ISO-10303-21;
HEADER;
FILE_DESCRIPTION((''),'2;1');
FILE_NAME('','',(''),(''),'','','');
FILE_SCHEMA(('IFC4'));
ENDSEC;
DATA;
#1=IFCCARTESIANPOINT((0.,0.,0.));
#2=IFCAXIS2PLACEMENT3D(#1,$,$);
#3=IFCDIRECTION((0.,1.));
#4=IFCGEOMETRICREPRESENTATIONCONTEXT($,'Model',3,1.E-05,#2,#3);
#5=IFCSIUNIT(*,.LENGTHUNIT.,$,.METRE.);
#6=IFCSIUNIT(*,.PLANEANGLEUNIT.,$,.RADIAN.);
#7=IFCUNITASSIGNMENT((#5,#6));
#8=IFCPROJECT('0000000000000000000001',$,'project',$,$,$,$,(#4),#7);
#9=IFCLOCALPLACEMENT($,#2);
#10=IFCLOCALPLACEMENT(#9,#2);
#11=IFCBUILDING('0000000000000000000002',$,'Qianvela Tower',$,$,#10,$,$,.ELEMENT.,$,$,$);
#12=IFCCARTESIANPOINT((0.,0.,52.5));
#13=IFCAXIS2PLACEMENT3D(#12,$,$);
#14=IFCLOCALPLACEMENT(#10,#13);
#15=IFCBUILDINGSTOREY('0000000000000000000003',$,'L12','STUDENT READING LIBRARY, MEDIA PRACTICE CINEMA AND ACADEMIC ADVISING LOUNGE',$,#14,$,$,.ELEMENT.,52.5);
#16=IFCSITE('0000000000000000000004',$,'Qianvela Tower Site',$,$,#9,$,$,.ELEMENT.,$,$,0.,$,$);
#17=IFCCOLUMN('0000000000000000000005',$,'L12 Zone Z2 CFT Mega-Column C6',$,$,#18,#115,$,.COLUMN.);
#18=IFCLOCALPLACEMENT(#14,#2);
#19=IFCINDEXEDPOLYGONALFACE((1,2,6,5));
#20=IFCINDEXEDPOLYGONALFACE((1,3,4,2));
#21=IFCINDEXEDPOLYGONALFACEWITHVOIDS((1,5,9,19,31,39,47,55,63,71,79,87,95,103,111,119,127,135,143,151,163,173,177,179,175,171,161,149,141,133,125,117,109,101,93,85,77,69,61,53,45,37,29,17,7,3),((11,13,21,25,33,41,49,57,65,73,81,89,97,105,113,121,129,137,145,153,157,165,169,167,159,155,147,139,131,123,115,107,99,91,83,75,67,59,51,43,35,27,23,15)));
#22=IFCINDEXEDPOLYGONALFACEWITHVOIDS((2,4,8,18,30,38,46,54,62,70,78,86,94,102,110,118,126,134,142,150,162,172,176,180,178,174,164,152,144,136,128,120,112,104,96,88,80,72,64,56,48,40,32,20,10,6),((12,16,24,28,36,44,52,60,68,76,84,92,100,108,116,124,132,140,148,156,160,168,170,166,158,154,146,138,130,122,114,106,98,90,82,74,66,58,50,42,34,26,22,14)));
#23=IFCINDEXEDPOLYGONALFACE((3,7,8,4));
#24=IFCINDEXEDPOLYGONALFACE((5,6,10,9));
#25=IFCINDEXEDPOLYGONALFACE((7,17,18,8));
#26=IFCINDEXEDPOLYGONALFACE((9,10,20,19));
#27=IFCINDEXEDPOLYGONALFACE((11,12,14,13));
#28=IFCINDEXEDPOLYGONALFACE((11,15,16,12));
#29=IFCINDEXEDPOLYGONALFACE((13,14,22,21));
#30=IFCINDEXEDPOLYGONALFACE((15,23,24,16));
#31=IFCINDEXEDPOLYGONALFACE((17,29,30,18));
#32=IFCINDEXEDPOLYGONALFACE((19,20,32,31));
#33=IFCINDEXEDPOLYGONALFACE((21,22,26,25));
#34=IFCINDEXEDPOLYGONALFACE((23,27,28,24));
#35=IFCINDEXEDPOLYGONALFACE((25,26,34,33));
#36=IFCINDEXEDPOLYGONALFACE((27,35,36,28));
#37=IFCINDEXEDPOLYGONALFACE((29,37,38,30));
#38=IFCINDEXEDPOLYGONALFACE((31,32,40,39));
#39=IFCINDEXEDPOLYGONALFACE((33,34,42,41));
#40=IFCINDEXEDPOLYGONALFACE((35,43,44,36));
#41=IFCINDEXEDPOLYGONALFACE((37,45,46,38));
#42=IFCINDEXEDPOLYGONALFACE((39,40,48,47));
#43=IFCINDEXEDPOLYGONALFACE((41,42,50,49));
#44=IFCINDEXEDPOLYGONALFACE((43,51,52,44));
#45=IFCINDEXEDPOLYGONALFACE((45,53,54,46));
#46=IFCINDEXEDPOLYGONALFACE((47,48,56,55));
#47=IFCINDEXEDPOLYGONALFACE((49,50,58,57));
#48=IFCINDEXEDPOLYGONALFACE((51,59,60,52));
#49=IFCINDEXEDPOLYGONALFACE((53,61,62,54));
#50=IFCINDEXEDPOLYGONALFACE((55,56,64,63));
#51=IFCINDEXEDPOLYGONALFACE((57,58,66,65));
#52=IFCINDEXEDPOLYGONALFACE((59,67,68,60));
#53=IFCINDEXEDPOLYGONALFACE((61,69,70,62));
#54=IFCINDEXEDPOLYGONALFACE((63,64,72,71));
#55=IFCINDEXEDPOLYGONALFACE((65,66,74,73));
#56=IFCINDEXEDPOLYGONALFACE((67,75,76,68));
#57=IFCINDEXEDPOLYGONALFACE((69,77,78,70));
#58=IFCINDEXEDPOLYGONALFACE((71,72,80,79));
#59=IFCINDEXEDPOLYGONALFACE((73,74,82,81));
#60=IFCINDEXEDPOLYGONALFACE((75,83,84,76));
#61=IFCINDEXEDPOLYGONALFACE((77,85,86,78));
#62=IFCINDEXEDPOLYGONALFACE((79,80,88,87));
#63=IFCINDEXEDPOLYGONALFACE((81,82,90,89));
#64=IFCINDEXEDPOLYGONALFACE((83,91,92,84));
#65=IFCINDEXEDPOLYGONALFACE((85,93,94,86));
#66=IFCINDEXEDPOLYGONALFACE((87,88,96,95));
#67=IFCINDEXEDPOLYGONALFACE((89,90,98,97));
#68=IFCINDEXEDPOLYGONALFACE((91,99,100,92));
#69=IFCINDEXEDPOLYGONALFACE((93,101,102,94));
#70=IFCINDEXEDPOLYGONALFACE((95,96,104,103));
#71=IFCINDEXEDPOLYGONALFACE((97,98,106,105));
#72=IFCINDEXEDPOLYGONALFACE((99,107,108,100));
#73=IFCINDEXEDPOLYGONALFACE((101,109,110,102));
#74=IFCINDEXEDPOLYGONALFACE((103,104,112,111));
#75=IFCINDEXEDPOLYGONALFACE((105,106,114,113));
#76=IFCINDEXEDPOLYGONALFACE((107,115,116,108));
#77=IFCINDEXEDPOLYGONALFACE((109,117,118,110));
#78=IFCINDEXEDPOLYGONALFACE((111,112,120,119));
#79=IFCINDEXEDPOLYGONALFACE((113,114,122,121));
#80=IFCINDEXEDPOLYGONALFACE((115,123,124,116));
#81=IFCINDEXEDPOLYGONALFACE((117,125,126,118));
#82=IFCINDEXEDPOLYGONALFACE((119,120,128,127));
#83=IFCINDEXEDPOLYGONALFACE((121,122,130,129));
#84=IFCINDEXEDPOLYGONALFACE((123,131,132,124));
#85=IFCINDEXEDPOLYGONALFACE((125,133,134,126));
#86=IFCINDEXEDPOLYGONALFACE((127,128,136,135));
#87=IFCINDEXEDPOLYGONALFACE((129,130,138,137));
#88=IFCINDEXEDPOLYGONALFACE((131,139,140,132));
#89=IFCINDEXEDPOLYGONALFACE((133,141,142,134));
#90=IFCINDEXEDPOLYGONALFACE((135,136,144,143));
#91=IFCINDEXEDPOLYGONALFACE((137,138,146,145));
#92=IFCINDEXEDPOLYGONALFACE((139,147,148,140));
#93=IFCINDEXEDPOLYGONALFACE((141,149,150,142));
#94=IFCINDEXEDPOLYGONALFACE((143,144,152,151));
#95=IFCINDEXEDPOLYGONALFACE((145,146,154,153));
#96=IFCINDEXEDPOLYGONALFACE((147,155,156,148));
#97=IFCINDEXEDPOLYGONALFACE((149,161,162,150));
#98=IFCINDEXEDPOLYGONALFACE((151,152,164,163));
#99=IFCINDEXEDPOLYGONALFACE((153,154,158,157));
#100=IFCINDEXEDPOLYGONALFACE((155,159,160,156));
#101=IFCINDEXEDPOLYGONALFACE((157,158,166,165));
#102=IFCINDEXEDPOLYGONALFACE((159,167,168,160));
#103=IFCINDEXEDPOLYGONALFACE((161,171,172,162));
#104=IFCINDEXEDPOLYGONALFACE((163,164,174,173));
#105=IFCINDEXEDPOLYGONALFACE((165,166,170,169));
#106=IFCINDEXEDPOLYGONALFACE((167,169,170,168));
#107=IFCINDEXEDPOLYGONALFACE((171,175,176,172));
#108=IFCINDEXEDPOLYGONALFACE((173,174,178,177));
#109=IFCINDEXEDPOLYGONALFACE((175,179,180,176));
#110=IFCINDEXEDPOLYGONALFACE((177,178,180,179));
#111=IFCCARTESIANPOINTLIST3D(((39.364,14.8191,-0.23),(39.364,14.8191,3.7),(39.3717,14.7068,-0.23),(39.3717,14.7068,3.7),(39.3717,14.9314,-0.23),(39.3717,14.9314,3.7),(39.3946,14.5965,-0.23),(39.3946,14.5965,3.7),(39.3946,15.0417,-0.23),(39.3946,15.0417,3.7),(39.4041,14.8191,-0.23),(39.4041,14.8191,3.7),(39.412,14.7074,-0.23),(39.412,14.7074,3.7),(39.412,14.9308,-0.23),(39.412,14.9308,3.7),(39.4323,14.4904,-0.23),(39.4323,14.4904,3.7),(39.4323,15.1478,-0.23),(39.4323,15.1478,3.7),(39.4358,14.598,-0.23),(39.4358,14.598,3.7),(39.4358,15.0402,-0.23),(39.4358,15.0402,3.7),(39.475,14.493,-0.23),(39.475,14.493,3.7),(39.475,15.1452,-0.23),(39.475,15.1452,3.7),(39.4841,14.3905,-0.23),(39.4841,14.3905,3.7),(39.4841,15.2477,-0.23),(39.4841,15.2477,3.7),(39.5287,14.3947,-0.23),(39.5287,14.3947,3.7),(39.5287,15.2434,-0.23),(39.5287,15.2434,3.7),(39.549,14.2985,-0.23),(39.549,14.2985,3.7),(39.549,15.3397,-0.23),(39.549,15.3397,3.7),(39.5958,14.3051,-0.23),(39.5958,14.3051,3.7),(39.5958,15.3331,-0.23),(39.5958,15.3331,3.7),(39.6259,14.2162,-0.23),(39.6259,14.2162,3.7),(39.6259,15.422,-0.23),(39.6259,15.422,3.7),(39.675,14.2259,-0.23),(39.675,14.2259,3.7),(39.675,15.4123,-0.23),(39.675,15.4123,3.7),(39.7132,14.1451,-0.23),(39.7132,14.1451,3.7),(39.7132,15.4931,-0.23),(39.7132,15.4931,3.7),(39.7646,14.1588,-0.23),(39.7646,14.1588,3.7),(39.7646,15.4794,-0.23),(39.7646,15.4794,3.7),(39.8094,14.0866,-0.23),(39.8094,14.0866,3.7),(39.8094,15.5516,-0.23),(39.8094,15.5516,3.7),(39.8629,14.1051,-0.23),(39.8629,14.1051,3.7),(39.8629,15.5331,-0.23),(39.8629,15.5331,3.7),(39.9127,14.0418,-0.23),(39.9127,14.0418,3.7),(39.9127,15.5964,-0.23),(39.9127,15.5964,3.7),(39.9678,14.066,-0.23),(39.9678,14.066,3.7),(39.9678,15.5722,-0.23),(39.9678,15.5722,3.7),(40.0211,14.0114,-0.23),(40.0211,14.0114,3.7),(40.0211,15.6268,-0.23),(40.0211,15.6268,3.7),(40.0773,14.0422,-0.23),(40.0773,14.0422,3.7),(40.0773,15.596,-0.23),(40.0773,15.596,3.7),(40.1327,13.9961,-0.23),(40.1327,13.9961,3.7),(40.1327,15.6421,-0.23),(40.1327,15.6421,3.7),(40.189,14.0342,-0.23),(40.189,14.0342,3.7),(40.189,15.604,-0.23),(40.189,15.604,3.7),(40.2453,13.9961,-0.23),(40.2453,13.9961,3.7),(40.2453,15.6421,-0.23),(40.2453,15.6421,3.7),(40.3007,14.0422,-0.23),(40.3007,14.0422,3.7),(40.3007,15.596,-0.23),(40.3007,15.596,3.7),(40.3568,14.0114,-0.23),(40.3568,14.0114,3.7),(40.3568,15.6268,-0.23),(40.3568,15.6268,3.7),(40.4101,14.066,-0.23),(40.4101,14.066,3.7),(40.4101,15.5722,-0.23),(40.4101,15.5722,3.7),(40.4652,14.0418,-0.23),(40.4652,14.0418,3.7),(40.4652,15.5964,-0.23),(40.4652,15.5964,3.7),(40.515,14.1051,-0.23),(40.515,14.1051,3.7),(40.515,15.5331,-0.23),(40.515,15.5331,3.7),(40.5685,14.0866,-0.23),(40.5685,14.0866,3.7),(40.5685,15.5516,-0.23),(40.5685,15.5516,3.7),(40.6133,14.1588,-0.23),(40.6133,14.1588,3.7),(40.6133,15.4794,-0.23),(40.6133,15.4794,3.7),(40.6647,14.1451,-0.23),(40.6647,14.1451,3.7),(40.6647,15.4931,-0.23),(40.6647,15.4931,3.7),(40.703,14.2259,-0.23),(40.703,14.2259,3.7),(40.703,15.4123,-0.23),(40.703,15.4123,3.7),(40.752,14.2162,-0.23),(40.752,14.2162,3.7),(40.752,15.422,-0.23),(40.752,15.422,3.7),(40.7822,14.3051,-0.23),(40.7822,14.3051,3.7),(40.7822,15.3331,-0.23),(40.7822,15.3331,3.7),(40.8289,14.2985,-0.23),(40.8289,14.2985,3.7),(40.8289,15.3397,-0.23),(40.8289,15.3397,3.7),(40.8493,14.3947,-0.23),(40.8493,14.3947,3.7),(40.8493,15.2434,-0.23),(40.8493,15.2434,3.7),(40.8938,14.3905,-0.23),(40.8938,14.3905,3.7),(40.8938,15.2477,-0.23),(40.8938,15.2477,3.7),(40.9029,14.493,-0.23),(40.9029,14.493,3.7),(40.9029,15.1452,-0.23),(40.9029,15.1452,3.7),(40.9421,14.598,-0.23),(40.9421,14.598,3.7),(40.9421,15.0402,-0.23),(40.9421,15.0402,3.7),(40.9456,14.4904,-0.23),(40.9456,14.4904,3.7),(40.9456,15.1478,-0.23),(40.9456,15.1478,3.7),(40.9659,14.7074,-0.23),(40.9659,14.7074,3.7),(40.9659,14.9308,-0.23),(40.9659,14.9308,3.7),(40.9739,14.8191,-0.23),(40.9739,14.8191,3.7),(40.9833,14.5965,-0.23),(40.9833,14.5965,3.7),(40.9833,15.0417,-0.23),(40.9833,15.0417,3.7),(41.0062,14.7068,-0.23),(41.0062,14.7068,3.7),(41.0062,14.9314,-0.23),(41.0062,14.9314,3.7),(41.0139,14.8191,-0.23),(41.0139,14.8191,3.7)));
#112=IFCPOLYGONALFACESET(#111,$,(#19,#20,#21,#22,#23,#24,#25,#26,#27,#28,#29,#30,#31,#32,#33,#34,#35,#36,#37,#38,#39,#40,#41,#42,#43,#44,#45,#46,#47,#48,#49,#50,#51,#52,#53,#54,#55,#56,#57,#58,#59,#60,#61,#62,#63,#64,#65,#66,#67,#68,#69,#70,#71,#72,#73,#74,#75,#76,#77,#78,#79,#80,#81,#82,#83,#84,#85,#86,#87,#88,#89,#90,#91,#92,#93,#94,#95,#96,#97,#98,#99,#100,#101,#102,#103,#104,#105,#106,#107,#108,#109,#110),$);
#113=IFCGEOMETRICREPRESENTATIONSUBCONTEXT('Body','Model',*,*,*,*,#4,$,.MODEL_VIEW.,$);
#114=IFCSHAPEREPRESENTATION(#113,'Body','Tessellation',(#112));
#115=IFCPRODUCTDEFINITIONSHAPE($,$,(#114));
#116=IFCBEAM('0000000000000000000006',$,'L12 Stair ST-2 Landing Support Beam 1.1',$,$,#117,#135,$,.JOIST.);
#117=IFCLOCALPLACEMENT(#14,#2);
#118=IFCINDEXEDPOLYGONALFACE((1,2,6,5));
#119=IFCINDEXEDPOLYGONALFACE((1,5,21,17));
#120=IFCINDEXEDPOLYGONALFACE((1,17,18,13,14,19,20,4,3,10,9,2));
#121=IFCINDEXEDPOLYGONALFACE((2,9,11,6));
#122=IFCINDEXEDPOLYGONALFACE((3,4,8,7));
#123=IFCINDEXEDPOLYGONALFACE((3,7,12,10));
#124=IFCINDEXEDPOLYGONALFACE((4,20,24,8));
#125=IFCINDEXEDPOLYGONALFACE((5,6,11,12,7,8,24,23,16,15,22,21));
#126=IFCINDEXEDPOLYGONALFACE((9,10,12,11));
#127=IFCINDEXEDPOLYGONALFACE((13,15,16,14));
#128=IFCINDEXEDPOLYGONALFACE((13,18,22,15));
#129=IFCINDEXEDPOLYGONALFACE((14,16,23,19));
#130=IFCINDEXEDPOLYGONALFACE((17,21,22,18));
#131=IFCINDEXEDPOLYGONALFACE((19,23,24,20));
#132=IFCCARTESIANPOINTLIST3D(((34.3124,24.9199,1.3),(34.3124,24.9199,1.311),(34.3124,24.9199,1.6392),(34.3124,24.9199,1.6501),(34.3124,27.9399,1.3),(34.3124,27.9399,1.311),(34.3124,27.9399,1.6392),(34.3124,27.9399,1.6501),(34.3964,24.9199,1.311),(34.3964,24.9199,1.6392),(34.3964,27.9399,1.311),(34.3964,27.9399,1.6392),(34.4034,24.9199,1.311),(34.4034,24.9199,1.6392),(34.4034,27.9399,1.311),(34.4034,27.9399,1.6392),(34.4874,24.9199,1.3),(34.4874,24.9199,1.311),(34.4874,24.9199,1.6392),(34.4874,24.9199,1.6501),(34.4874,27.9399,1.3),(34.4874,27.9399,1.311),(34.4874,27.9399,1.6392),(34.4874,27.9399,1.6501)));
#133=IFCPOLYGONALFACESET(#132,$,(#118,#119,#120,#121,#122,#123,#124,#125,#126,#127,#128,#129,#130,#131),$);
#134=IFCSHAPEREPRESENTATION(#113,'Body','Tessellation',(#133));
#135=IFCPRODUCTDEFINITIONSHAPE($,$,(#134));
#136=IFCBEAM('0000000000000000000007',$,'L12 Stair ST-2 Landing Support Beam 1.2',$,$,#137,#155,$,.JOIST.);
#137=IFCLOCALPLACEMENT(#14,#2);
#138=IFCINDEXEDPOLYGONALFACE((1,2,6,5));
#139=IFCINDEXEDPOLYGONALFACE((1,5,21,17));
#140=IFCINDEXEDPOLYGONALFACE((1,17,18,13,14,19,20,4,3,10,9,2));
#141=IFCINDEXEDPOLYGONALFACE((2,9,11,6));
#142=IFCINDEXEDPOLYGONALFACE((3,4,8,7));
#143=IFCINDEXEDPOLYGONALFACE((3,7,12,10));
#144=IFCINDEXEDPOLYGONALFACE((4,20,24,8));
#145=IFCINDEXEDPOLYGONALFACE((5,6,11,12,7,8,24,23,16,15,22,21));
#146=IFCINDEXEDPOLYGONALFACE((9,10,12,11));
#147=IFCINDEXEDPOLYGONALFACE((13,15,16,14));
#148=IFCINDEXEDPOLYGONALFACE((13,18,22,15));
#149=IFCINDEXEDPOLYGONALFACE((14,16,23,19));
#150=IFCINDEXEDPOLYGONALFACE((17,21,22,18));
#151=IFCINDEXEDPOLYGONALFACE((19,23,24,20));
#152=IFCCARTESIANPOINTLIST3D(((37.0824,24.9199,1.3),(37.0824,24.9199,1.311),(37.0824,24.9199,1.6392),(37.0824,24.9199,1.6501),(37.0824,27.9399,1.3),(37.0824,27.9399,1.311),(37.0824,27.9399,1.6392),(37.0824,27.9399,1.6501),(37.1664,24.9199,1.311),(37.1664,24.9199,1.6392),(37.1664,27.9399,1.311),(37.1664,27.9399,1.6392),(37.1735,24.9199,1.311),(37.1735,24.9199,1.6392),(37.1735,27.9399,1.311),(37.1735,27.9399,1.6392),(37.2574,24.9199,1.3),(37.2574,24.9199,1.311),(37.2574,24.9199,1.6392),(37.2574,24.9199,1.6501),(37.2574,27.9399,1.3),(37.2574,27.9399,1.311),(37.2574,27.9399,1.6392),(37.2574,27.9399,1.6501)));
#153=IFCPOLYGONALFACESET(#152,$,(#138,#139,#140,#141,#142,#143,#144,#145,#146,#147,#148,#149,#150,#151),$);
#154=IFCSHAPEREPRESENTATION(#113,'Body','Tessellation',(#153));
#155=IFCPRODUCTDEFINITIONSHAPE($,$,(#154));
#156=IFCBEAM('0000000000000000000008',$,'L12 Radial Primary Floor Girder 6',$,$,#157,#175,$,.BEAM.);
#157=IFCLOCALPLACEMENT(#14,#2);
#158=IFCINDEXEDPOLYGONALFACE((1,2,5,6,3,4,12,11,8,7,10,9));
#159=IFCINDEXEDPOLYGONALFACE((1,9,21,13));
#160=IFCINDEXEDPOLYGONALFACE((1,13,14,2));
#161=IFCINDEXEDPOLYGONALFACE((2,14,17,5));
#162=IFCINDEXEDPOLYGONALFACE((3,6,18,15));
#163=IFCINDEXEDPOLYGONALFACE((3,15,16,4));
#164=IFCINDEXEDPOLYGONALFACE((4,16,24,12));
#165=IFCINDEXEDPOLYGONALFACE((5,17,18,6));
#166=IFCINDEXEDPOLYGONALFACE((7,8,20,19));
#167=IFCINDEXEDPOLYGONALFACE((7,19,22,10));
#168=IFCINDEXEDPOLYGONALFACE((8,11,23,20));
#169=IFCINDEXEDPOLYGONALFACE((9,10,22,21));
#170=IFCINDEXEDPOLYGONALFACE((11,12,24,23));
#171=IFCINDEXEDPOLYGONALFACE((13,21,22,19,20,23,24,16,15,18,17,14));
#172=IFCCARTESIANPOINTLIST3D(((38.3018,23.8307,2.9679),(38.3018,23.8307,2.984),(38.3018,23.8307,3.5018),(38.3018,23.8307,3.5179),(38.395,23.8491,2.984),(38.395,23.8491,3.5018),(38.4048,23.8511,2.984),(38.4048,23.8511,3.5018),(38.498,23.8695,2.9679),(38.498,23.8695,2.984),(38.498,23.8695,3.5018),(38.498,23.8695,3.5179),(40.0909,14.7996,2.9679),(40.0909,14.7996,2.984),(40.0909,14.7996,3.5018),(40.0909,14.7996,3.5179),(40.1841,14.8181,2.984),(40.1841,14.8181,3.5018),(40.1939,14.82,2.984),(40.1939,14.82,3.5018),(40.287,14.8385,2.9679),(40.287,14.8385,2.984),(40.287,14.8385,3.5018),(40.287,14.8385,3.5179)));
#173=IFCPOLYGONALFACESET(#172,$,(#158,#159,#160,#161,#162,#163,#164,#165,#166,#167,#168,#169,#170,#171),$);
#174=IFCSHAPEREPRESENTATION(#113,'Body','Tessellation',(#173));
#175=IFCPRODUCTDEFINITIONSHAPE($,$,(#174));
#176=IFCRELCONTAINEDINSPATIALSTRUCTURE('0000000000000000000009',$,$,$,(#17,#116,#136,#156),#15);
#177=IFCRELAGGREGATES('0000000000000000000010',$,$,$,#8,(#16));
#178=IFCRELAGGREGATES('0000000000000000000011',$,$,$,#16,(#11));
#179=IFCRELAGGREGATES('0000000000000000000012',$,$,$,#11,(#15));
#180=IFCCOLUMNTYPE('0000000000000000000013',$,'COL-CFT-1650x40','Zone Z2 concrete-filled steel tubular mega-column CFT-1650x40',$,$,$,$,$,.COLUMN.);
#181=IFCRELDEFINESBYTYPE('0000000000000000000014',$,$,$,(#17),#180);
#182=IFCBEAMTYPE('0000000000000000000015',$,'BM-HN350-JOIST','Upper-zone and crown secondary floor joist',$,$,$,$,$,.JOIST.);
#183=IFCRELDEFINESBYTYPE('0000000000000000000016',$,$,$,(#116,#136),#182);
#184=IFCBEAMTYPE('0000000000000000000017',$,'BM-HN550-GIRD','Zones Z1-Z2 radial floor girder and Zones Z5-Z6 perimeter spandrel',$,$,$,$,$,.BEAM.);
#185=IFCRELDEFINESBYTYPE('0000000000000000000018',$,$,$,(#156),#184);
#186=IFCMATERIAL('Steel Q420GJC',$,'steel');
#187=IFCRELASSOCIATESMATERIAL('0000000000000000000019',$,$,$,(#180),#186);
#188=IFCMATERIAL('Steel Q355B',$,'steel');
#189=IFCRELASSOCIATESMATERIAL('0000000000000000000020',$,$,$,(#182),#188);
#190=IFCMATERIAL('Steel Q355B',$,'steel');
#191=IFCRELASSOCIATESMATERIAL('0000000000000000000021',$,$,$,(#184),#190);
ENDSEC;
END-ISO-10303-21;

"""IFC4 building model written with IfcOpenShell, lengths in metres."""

from ifc_helpers import new_model, si_unit, direction, frame, origin, origin_2d, place, context, subcontext, project, spatial, hollow_circle, i_section, extrude, material, material_profile, profile_set, type_object, element, save


model = new_model("IFC4")

# Units and contexts
model_context = context("Model", 3, precision=1e-05, world=origin(), true_north=direction((0.0, 1.0)))
body_context = subcontext(model_context, "Body", "Model", "MODEL_VIEW")
ifc_project = project(units=[si_unit("LENGTHUNIT", "METRE"), si_unit("PLANEANGLEUNIT", "RADIAN")], contexts=[model_context])

# Site, building, storey
site_placement = place(None, origin())
site = spatial("IfcSite", under=ifc_project, at=site_placement, Name="Qianvela Tower Site", CompositionType="ELEMENT", RefElevation=0.0)
building_placement = place(site_placement, origin())
building = spatial("IfcBuilding", under=site, at=building_placement, Name="Qianvela Tower", CompositionType="ELEMENT")
storey_placement = place(building_placement, frame((0.0, 0.0, 52.5)))
storey = spatial("IfcBuildingStorey", under=building, at=storey_placement, Name="L12", Description="STUDENT READING LIBRARY, MEDIA PRACTICE CINEMA AND ACADEMIC ADVISING LOUNGE", CompositionType="ELEMENT", Elevation=52.5)

# Column
ifc_material_1 = material(Name="Steel Q420GJC", Category="steel")
ifc_material_profile_1 = material_profile(ifc_material_1, hollow_circle(Radius=0.825, WallThickness=0.04, at=origin_2d()), Name="CFT-1650x40")
ifc_profile_set_1 = profile_set([ifc_material_profile_1], Name="Steel Q420GJC")
column_type = type_object("IfcColumnType", Name="COL-CFT-1650x40", Description="Zone Z2 concrete-filled steel tubular mega-column CFT-1650x40", PredefinedType="COLUMN", material=ifc_profile_set_1)
column_1_placement = place(storey_placement, frame((40.189, 14.8191, -0.23), z_axis=(0.0, 0.0, 1.0), x_axis=(1.0, 0.0, 0.0)))
element("IfcColumn", 1, at=column_1_placement, inside=storey, type_object=column_type, Name="L12 Zone Z2 CFT Mega-Column C6", PredefinedType="COLUMN", context=body_context, shape_type="SweptSolid", body=[
    extrude(hollow_circle(Radius=0.825, WallThickness=0.04, at=origin_2d()), origin(), (0.0, 0.0, 1.0), 3.9299),
])

# Beams
ifc_material_2 = material(Name="Steel Q355B", Category="steel")
ifc_material_profile_2 = material_profile(ifc_material_2, i_section(OverallWidth=0.175, OverallDepth=0.3501, WebThickness=0.0071, FlangeThickness=0.011, at=origin_2d()), Name="HN350x175x7x11")
ifc_profile_set_2 = profile_set([ifc_material_profile_2], Name="Steel Q355B")
beam_type_1 = type_object("IfcBeamType", Name="BM-HN350-JOIST", Description="Upper-zone and crown secondary floor joist", PredefinedType="JOIST", material=ifc_profile_set_2)
for number, where, z_axis, x_axis, name in (
    (2, (34.3999, 24.9199, 1.4751), (0.0, 1.0, 0.0), (-1.0, 0.0, 0.0), "L12 Stair ST-2 Landing Support Beam 1.1"),
    (3, (37.1699, 24.9199, 1.4751), (0.0, 1.0, 0.0), (-1.0, 0.0, 0.0), "L12 Stair ST-2 Landing Support Beam 1.2"),
):
    element("IfcBeam", number, at=place(storey_placement, frame(where, z_axis=z_axis, x_axis=x_axis)), inside=storey, type_object=beam_type_1, Name=name, PredefinedType="JOIST", context=body_context, shape_type="SweptSolid", body=[
        extrude(i_section(OverallWidth=0.175, OverallDepth=0.3501, WebThickness=0.0071, FlangeThickness=0.011, at=origin_2d()), origin(), (0.0, 0.0, 1.0), 3.02),
    ])
ifc_material_3 = material(Name="Steel Q355B", Category="steel")
ifc_material_profile_3 = material_profile(ifc_material_3, i_section(OverallWidth=0.2, OverallDepth=0.55, WebThickness=0.01, FlangeThickness=0.0161, at=origin_2d()), Name="HN550x200x10x16")
ifc_profile_set_3 = profile_set([ifc_material_profile_3], Name="Steel Q355B")
beam_type_2 = type_object("IfcBeamType", Name="BM-HN550-GIRD", Description="Zones Z1-Z2 radial floor girder and Zones Z5-Z6 perimeter spandrel", PredefinedType="BEAM", material=ifc_profile_set_3)
beam_1_placement = place(storey_placement, frame((38.3999, 23.8501, 3.2429), z_axis=(0.194326, -0.980937, 0.0), x_axis=(0.980937, 0.194326, 0.0)))
element("IfcBeam", 4, at=beam_1_placement, inside=storey, type_object=beam_type_2, Name="L12 Radial Primary Floor Girder 6", PredefinedType="BEAM", context=body_context, shape_type="SweptSolid", body=[
    extrude(i_section(OverallWidth=0.2, OverallDepth=0.55, WebThickness=0.01, FlangeThickness=0.0161, at=origin_2d()), origin(), (0.0, 0.0, 1.0), 9.2065),
])

save(model, "model.ifc")
